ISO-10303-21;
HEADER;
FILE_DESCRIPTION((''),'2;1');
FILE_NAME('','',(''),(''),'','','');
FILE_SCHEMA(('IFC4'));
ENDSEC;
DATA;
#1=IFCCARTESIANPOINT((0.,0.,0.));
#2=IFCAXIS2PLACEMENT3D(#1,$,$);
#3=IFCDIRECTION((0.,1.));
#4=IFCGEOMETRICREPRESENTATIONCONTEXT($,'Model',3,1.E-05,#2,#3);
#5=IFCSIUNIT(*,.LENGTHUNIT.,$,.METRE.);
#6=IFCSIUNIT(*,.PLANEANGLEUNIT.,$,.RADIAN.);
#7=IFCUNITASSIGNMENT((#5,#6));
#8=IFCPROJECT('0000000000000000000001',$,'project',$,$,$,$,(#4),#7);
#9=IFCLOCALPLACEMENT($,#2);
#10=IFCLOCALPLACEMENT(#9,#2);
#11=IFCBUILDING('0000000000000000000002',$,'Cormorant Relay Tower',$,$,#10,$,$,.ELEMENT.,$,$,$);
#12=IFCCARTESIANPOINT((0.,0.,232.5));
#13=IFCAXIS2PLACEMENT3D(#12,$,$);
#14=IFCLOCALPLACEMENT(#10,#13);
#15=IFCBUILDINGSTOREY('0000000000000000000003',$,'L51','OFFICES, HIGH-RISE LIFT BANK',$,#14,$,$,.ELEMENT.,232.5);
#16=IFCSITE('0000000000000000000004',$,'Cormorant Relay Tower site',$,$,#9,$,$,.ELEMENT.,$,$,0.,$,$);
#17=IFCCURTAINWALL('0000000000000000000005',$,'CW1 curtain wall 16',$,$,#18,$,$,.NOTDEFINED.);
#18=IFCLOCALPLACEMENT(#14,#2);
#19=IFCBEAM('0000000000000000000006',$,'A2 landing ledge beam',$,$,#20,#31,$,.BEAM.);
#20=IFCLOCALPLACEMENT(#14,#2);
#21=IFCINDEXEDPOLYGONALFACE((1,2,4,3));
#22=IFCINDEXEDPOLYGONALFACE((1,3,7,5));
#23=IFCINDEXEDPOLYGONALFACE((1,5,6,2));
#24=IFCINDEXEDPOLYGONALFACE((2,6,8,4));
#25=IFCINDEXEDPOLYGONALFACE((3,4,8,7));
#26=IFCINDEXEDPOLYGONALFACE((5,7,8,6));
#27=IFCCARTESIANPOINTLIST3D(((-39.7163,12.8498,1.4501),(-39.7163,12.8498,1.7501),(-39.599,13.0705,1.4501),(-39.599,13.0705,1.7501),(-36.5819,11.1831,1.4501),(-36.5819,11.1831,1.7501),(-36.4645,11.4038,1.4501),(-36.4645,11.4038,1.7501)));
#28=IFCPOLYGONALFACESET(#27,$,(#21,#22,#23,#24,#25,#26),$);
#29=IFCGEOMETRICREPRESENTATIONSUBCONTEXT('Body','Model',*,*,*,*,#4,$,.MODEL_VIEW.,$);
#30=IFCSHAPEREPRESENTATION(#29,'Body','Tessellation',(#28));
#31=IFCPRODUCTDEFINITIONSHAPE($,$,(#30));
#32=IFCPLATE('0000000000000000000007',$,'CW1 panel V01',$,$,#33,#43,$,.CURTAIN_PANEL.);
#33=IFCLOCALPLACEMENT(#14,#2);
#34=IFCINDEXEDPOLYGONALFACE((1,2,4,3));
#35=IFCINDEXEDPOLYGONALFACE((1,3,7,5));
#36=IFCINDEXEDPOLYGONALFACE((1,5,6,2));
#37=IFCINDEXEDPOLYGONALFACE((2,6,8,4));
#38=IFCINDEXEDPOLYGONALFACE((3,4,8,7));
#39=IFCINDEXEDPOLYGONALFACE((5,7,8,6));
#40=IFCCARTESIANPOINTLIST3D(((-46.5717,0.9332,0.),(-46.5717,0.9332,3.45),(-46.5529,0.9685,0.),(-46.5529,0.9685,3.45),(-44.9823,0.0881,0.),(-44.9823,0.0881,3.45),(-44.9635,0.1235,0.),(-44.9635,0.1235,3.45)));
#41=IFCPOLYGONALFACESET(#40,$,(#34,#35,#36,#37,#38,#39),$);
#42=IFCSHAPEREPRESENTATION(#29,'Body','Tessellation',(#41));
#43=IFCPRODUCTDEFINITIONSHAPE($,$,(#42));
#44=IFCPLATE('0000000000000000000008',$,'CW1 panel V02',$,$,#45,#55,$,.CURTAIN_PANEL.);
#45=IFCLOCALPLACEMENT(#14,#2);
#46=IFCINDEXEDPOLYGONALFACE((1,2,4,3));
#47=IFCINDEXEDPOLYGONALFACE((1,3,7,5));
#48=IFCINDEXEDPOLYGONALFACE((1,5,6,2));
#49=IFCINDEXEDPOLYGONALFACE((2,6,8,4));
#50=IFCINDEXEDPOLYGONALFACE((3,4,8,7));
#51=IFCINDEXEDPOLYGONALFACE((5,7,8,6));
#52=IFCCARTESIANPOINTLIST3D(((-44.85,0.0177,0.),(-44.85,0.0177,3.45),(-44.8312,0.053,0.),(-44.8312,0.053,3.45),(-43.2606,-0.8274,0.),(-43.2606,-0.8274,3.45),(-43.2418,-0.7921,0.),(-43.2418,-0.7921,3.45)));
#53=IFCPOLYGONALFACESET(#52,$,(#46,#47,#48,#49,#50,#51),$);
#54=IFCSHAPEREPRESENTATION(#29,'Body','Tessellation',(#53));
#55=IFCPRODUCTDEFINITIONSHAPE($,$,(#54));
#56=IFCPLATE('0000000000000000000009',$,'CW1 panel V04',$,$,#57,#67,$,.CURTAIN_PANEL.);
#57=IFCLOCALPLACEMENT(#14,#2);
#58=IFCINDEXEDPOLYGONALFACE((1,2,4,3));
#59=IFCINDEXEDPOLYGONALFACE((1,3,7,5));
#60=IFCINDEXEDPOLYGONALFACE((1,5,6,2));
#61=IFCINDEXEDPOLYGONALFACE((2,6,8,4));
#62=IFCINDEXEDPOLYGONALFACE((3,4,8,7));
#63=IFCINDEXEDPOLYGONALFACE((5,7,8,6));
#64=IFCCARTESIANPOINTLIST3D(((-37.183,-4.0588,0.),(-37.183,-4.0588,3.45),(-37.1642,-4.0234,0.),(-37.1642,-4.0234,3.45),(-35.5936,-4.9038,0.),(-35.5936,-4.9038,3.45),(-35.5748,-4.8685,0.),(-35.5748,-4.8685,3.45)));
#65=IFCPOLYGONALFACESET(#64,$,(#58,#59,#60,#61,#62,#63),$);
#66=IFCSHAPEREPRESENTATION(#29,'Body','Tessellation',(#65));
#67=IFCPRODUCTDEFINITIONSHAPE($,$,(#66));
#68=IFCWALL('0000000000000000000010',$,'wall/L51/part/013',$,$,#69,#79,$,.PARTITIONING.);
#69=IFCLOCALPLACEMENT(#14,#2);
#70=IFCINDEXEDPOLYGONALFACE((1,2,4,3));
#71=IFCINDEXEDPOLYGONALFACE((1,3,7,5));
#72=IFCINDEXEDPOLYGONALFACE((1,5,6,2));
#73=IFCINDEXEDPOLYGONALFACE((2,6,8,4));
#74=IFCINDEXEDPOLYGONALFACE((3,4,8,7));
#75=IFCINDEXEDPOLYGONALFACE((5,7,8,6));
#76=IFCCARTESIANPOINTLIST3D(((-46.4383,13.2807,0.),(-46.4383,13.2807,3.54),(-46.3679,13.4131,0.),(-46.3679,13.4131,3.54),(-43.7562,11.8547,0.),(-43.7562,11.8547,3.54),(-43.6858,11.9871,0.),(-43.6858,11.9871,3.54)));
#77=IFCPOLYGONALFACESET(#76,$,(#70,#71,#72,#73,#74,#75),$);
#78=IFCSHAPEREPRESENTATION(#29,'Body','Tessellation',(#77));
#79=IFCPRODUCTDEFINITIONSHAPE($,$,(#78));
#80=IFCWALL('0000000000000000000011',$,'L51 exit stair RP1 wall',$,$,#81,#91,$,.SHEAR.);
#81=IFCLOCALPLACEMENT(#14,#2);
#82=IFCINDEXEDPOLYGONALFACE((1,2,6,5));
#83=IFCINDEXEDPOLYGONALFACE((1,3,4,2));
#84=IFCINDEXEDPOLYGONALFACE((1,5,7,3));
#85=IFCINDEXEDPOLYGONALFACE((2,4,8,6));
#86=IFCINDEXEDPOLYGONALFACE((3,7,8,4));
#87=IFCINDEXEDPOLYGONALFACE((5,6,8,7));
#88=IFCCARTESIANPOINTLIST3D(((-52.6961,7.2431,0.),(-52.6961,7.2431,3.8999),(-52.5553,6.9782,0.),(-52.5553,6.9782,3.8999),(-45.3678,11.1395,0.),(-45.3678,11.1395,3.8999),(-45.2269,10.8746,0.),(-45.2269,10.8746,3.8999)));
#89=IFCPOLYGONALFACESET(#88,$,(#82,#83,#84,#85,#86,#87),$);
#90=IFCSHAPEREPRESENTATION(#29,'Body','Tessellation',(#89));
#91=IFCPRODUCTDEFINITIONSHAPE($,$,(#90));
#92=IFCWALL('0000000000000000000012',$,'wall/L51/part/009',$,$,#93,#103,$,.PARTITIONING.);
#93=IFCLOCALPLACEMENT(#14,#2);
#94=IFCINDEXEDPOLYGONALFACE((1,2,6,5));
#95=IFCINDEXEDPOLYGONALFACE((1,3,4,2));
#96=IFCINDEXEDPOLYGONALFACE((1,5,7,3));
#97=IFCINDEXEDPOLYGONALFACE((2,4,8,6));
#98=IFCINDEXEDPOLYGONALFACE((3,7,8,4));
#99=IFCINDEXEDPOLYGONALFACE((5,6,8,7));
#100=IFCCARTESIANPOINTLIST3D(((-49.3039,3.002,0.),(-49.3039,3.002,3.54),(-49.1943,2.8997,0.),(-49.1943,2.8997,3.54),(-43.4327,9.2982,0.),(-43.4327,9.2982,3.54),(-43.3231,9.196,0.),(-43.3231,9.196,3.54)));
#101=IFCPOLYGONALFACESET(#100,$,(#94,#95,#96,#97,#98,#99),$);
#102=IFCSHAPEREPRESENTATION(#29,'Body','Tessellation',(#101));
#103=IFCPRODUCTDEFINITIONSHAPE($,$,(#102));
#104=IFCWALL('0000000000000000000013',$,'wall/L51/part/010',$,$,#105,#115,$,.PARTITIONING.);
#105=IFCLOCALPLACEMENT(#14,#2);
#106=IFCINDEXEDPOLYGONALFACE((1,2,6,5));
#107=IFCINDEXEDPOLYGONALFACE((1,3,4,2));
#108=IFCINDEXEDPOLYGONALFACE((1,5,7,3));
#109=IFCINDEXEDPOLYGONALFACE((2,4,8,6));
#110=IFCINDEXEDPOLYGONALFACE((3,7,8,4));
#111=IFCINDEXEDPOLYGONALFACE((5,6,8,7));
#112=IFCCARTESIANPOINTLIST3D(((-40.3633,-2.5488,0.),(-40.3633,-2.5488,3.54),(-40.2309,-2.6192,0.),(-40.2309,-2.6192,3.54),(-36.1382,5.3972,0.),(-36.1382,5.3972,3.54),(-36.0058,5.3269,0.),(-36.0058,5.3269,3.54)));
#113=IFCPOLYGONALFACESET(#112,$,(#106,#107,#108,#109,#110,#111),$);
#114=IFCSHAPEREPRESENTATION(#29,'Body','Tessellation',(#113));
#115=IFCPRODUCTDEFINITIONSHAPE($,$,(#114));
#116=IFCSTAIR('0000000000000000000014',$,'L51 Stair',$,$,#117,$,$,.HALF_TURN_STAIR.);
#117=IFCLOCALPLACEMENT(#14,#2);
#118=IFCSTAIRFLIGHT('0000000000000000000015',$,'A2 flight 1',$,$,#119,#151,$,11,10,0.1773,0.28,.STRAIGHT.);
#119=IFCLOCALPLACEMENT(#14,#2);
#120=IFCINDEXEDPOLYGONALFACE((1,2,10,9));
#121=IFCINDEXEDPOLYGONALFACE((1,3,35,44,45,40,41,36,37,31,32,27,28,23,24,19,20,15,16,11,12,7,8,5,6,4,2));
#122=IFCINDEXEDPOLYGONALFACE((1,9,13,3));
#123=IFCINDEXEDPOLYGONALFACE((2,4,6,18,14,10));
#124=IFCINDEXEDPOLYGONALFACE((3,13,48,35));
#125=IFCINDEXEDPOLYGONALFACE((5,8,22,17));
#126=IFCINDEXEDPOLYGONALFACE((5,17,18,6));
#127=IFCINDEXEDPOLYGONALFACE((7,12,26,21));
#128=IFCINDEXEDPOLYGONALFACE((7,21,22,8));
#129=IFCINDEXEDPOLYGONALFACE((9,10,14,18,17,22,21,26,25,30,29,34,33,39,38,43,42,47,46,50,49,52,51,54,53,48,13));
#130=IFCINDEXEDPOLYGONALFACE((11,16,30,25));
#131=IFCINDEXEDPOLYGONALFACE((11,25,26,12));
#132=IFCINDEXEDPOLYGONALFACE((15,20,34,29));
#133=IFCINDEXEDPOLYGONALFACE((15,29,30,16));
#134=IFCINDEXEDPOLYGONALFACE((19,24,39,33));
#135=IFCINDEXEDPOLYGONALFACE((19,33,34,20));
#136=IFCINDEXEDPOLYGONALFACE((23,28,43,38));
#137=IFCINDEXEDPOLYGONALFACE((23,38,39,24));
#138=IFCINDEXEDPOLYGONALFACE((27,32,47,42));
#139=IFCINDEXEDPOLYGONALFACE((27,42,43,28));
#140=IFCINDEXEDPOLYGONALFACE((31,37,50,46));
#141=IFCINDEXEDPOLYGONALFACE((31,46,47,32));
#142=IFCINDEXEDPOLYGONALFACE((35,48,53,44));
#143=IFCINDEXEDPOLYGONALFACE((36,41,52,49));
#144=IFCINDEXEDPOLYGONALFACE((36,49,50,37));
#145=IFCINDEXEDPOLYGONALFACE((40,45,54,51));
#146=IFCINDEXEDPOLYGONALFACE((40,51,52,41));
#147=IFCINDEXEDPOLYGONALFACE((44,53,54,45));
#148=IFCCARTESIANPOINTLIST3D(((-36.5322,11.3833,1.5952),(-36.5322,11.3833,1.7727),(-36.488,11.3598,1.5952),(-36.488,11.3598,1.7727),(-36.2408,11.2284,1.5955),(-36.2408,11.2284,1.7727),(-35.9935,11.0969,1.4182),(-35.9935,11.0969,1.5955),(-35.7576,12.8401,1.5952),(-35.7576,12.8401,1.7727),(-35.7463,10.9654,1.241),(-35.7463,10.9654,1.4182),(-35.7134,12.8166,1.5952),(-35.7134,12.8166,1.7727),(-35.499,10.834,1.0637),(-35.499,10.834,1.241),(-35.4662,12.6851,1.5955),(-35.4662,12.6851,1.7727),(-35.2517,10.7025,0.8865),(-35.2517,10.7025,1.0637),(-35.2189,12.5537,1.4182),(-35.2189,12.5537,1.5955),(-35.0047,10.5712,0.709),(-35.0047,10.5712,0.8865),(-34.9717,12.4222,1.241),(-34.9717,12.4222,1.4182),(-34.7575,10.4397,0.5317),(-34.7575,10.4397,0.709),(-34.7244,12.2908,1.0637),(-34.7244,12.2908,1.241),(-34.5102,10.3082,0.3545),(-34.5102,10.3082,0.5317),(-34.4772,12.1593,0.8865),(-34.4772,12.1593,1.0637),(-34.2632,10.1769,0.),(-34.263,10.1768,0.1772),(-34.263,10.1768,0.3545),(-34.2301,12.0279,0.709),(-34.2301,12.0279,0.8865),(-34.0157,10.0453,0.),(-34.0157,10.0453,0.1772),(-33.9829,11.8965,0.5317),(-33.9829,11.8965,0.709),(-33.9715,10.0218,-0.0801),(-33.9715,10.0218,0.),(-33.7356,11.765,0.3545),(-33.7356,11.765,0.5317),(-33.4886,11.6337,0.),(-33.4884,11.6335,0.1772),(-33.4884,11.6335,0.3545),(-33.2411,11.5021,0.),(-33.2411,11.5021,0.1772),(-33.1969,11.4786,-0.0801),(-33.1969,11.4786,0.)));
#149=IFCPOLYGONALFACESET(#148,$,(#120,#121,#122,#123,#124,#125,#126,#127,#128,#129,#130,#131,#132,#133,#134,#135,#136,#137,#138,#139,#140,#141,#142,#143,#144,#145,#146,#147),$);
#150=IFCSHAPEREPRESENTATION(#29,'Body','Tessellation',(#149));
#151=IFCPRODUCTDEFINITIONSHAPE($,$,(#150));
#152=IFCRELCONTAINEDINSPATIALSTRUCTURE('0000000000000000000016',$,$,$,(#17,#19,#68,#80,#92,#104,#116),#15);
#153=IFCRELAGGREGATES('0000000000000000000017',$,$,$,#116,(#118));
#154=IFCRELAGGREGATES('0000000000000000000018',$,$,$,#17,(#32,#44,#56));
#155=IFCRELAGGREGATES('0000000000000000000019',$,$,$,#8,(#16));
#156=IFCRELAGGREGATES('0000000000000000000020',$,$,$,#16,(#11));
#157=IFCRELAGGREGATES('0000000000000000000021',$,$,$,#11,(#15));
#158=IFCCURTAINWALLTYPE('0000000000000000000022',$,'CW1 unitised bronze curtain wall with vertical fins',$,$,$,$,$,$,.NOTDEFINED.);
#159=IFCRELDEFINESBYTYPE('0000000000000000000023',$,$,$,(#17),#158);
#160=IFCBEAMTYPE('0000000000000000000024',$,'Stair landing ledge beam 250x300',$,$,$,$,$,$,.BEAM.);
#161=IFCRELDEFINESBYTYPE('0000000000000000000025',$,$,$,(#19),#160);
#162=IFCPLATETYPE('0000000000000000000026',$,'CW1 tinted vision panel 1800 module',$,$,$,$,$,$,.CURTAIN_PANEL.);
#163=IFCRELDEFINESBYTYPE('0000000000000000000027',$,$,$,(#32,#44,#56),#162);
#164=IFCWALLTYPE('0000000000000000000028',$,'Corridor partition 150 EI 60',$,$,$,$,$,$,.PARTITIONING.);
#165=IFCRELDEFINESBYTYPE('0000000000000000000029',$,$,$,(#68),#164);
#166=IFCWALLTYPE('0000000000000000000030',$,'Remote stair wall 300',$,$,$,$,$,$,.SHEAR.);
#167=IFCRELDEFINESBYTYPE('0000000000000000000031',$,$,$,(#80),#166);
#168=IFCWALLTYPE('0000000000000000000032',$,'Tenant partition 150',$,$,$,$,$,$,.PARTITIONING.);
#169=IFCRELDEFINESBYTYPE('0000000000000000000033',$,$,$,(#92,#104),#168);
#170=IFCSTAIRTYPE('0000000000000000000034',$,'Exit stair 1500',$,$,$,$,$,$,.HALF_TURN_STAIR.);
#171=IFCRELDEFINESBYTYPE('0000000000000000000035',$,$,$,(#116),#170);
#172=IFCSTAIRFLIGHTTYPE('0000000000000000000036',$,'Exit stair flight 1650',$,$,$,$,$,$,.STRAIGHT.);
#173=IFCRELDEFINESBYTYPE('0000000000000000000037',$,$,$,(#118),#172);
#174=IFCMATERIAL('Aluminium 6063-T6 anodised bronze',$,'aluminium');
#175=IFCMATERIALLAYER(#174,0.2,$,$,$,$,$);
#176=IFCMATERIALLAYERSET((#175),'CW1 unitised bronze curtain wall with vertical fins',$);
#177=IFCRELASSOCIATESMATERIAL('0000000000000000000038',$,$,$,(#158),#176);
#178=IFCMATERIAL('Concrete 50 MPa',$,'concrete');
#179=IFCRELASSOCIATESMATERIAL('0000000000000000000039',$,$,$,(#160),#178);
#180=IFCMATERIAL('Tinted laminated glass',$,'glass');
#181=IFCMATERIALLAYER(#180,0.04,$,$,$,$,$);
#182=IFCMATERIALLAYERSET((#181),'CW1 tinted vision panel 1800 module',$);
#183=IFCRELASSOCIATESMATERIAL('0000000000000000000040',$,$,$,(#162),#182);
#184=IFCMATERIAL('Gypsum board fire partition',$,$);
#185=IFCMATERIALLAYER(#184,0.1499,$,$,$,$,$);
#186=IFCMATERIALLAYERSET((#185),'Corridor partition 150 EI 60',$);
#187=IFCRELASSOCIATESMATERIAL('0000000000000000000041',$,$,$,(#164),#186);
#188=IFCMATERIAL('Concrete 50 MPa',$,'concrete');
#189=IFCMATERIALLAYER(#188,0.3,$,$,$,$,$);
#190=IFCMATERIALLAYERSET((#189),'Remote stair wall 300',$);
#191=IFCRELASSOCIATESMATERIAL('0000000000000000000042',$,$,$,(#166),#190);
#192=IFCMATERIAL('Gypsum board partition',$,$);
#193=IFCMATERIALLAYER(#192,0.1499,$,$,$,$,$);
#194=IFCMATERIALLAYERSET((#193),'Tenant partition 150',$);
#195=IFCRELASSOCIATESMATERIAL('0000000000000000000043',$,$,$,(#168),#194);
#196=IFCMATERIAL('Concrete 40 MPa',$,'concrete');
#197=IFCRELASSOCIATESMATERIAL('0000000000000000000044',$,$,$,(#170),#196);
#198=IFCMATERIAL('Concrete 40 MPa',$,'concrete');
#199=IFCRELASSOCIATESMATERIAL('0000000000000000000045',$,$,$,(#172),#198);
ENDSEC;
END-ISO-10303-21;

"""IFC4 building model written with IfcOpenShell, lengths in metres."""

from ifc_helpers import new_model, si_unit, direction, frame, frame_2d, origin, origin_2d, place, context, subcontext, project, spatial, polyline, rectangle, outline, extrude, material, layer, layer_set, material_profile, profile_set, type_object, element, aggregate, save


model = new_model("IFC4")

# Units and contexts
model_context = context("Model", 3, precision=1e-05, world=origin(), true_north=direction((0.0, 1.0)))
body_context = subcontext(model_context, "Body", "Model", "MODEL_VIEW")
ifc_project = project(units=[si_unit("LENGTHUNIT", "METRE"), si_unit("PLANEANGLEUNIT", "RADIAN")], contexts=[model_context])

# Site, building, storey
site_placement = place(None, origin())
site = spatial("IfcSite", under=ifc_project, at=site_placement, Name="Cormorant Relay Tower site", CompositionType="ELEMENT", RefElevation=0.0)
building_placement = place(site_placement, origin())
building = spatial("IfcBuilding", under=site, at=building_placement, Name="Cormorant Relay Tower", CompositionType="ELEMENT")
storey_placement = place(building_placement, frame((0.0, 0.0, 232.5)))
storey = spatial("IfcBuildingStorey", under=building, at=storey_placement, Name="L51", Description="OFFICES, HIGH-RISE LIFT BANK", CompositionType="ELEMENT", Elevation=232.5)

# Curtain wall
ifc_material_1 = material(Name="Aluminium 6063-T6 anodised bronze", Category="aluminium")
ifc_layer_1 = layer(ifc_material_1, 0.2)
ifc_layer_set_1 = layer_set([ifc_layer_1], Name="CW1 unitised bronze curtain wall with vertical fins")
curtain_wall_type = type_object("IfcCurtainWallType", Name="CW1 unitised bronze curtain wall with vertical fins", PredefinedType="NOTDEFINED", material=ifc_layer_set_1)
curtain_wall_placement = place(storey_placement, origin())
curtain_wall = element("IfcCurtainWall", 1, at=curtain_wall_placement, inside=storey, type_object=curtain_wall_type, Name="CW1 curtain wall 16", PredefinedType="NOTDEFINED")

# Beam
ifc_material_2 = material(Name="Concrete 50 MPa", Category="concrete")
ifc_material_profile_1 = material_profile(ifc_material_2, rectangle(XDim=0.25, YDim=0.3, at=origin_2d()), Name="RC 250x300")
ifc_profile_set_1 = profile_set([ifc_material_profile_1], Name="Concrete 50 MPa")
beam_type_1 = type_object("IfcBeamType", Name="Stair landing ledge beam 250x300", PredefinedType="BEAM", material=ifc_profile_set_1)
beam_1_placement = place(storey_placement, frame((-36.5232, 11.2935, 1.6001), z_axis=(-0.882937, 0.469492, 0.0), x_axis=(-0.469492, -0.882937, 0.0)))
element("IfcBeam", 2, at=beam_1_placement, inside=storey, type_object=beam_type_1, Name="A2 landing ledge beam", PredefinedType="BEAM", context=body_context, shape_type="SweptSolid", body=[
    extrude(rectangle(XDim=0.25, YDim=0.3, at=origin_2d()), origin(), (0.0, 0.0, 1.0), 3.55),
])

# Plates
ifc_material_3 = material(Name="Tinted laminated glass", Category="glass")
ifc_layer_2 = layer(ifc_material_3, 0.04)
ifc_layer_set_2 = layer_set([ifc_layer_2], Name="CW1 tinted vision panel 1800 module")
plate_type = type_object("IfcPlateType", Name="CW1 tinted vision panel 1800 module", PredefinedType="CURTAIN_PANEL", material=ifc_layer_set_2)
plate_1_placement = place(storey_placement, frame((-45.7676, 0.5283, 0.0), z_axis=(0.0, 0.0, 1.0), x_axis=(0.882948, -0.469472, 0.0)))
plate_1 = element("IfcPlate", 3, at=plate_1_placement, type_object=plate_type, Name="CW1 panel V01", PredefinedType="CURTAIN_PANEL", context=body_context, shape_type="SweptSolid", body=[
    extrude(rectangle(XDim=1.8, YDim=0.04, at=origin_2d()), origin(), (0.0, 0.0, 1.0), 3.45),
])
plate_2_placement = place(storey_placement, frame((-44.0459, -0.3872, 0.0), z_axis=(0.0, 0.0, 1.0), x_axis=(0.882948, -0.469472, 0.0)))
plate_2 = element("IfcPlate", 4, at=plate_2_placement, type_object=plate_type, Name="CW1 panel V02", PredefinedType="CURTAIN_PANEL", context=body_context, shape_type="SweptSolid", body=[
    extrude(rectangle(XDim=1.8, YDim=0.04, at=origin_2d()), origin(), (0.0, 0.0, 1.0), 3.45),
])
plate_3_placement = place(storey_placement, frame((-36.3789, -4.4636, 0.0), z_axis=(0.0, 0.0, 1.0), x_axis=(0.882948, -0.469472, 0.0)))
plate_3 = element("IfcPlate", 5, at=plate_3_placement, type_object=plate_type, Name="CW1 panel V04", PredefinedType="CURTAIN_PANEL", context=body_context, shape_type="SweptSolid", body=[
    extrude(rectangle(XDim=1.8, YDim=0.04, at=origin_2d()), origin(), (0.0, 0.0, 1.0), 3.45),
])

# Walls
ifc_material_4 = material(Name="Gypsum board fire partition")
ifc_layer_3 = layer(ifc_material_4, 0.1499)
ifc_layer_set_3 = layer_set([ifc_layer_3], Name="Corridor partition 150 EI 60")
wall_type_1 = type_object("IfcWallType", Name="Corridor partition 150 EI 60", PredefinedType="PARTITIONING", material=ifc_layer_set_3)
wall_1_placement = place(storey_placement, frame((-46.4031, 13.3469, 0.0), z_axis=(0.0, 0.0, 1.0), x_axis=(0.88296, -0.469449, 0.0)))
element("IfcWall", 6, at=wall_1_placement, inside=storey, type_object=wall_type_1, Name="wall/L51/part/013", PredefinedType="PARTITIONING", context=body_context, shape_type="SweptSolid", body=[
    extrude(rectangle(XDim=3.0376, YDim=0.1499, at=frame_2d((1.5188, 0.0))), origin(), (0.0, 0.0, 1.0), 3.54),
])
ifc_material_5 = material(Name="Concrete 50 MPa", Category="concrete")
ifc_layer_4 = layer(ifc_material_5, 0.3)
ifc_layer_set_4 = layer_set([ifc_layer_4], Name="Remote stair wall 300")
wall_type_2 = type_object("IfcWallType", Name="Remote stair wall 300", PredefinedType="SHEAR", material=ifc_layer_set_4)
wall_2_placement = place(storey_placement, frame((-45.2974, 11.0071, 0.0), z_axis=(0.0, 0.0, 1.0), x_axis=(-0.882952, -0.469464, 0.0)))
element("IfcWall", 7, at=wall_2_placement, inside=storey, type_object=wall_type_2, Name="L51 exit stair RP1 wall", PredefinedType="SHEAR", context=body_context, shape_type="SweptSolid", body=[
    extrude(rectangle(XDim=8.2998, YDim=0.3, at=frame_2d((4.1499, 0.0))), origin(), (0.0, 0.0, 1.0), 3.8999),
])
ifc_material_6 = material(Name="Gypsum board partition")
ifc_layer_5 = layer(ifc_material_6, 0.1499)
ifc_layer_set_5 = layer_set([ifc_layer_5], Name="Tenant partition 150")
wall_type_3 = type_object("IfcWallType", Name="Tenant partition 150", PredefinedType="PARTITIONING", material=ifc_layer_set_5)
wall_3_placement = place(storey_placement, frame((-43.3779, 9.2471, 0.0), z_axis=(0.0, 0.0, 1.0), x_axis=(-0.681989, -0.731363, 0.0)))
element("IfcWall", 8, at=wall_3_placement, inside=storey, type_object=wall_type_3, Name="wall/L51/part/009", PredefinedType="PARTITIONING", context=body_context, shape_type="SweptSolid", body=[
    extrude(rectangle(XDim=8.6089, YDim=0.1499, at=frame_2d((4.3044, 0.0))), origin(), (0.0, 0.0, 1.0), 3.54),
])
wall_4_placement = place(storey_placement, frame((-36.072, 5.3621, 0.0), z_axis=(0.0, 0.0, 1.0), x_axis=(-0.469481, -0.882942, 0.0)))
element("IfcWall", 9, at=wall_4_placement, inside=storey, type_object=wall_type_3, Name="wall/L51/part/010", PredefinedType="PARTITIONING", context=body_context, shape_type="SweptSolid", body=[
    extrude(rectangle(XDim=8.9995, YDim=0.1499, at=frame_2d((4.4998, 0.0))), origin(), (0.0, 0.0, 1.0), 3.54),
])

# Stair, stair flight
ifc_material_7 = material(Name="Concrete 40 MPa", Category="concrete")
stair_type = type_object("IfcStairType", Name="Exit stair 1500", PredefinedType="HALF_TURN_STAIR", material=ifc_material_7)
stair_placement = place(storey_placement, origin())
stair = element("IfcStair", 10, at=stair_placement, inside=storey, type_object=stair_type, Name="L51 Stair", PredefinedType="HALF_TURN_STAIR")
ifc_material_8 = material(Name="Concrete 40 MPa", Category="concrete")
stair_flight_type = type_object("IfcStairFlightType", Name="Exit stair flight 1650", PredefinedType="STRAIGHT", material=ifc_material_8)
stair_flight_1_placement = place(storey_placement, frame((-33.6284, 10.7737, 0.0), z_axis=(0.0, 0.0, 1.0), x_axis=(-0.882948, 0.469472, 0.0)))
stair_flight_1 = element("IfcStairFlight", 11, at=stair_flight_1_placement, type_object=stair_flight_type, Name="A2 flight 1", NumberOfRisers=11, NumberOfTreads=10, PredefinedType="STRAIGHT", RiserHeight=0.1773, TreadLength=0.28, context=body_context, shape_type="SweptSolid", body=[
    extrude(outline(polyline([(-0.05, -0.0801), (-0.05, 0.0), (0.0, 0.0), (0.0, 0.1772), (0.28, 0.1772), (0.28, 0.3545), (0.5601, 0.3545), (0.5601, 0.5317), (0.8401, 0.5317), (0.8401, 0.709), (1.1201, 0.709), (1.1201, 0.8865), (1.3999, 0.8865), (1.3999, 1.0637), (1.6799, 1.0637), (1.6799, 1.241), (1.96, 1.241), (1.96, 1.4182), (2.24, 1.4182), (2.24, 1.5955), (2.52, 1.5955), (2.52, 1.7727), (2.8, 1.7727), (2.8501, 1.7727), (2.8501, 1.5952), (2.8, 1.5952), (0.2803, 0.0), (-0.05, -0.0801)])), frame((0.0, 0.825, 0.0), z_axis=(0.0, -1.0, 0.0), x_axis=(1.0, 0.0, 0.0)), (0.0, 0.0, 1.0), 1.6499),
])
aggregate(stair, [stair_flight_1])

aggregate(curtain_wall, [plate_1, plate_2, plate_3])

save(model, "model.ifc")
